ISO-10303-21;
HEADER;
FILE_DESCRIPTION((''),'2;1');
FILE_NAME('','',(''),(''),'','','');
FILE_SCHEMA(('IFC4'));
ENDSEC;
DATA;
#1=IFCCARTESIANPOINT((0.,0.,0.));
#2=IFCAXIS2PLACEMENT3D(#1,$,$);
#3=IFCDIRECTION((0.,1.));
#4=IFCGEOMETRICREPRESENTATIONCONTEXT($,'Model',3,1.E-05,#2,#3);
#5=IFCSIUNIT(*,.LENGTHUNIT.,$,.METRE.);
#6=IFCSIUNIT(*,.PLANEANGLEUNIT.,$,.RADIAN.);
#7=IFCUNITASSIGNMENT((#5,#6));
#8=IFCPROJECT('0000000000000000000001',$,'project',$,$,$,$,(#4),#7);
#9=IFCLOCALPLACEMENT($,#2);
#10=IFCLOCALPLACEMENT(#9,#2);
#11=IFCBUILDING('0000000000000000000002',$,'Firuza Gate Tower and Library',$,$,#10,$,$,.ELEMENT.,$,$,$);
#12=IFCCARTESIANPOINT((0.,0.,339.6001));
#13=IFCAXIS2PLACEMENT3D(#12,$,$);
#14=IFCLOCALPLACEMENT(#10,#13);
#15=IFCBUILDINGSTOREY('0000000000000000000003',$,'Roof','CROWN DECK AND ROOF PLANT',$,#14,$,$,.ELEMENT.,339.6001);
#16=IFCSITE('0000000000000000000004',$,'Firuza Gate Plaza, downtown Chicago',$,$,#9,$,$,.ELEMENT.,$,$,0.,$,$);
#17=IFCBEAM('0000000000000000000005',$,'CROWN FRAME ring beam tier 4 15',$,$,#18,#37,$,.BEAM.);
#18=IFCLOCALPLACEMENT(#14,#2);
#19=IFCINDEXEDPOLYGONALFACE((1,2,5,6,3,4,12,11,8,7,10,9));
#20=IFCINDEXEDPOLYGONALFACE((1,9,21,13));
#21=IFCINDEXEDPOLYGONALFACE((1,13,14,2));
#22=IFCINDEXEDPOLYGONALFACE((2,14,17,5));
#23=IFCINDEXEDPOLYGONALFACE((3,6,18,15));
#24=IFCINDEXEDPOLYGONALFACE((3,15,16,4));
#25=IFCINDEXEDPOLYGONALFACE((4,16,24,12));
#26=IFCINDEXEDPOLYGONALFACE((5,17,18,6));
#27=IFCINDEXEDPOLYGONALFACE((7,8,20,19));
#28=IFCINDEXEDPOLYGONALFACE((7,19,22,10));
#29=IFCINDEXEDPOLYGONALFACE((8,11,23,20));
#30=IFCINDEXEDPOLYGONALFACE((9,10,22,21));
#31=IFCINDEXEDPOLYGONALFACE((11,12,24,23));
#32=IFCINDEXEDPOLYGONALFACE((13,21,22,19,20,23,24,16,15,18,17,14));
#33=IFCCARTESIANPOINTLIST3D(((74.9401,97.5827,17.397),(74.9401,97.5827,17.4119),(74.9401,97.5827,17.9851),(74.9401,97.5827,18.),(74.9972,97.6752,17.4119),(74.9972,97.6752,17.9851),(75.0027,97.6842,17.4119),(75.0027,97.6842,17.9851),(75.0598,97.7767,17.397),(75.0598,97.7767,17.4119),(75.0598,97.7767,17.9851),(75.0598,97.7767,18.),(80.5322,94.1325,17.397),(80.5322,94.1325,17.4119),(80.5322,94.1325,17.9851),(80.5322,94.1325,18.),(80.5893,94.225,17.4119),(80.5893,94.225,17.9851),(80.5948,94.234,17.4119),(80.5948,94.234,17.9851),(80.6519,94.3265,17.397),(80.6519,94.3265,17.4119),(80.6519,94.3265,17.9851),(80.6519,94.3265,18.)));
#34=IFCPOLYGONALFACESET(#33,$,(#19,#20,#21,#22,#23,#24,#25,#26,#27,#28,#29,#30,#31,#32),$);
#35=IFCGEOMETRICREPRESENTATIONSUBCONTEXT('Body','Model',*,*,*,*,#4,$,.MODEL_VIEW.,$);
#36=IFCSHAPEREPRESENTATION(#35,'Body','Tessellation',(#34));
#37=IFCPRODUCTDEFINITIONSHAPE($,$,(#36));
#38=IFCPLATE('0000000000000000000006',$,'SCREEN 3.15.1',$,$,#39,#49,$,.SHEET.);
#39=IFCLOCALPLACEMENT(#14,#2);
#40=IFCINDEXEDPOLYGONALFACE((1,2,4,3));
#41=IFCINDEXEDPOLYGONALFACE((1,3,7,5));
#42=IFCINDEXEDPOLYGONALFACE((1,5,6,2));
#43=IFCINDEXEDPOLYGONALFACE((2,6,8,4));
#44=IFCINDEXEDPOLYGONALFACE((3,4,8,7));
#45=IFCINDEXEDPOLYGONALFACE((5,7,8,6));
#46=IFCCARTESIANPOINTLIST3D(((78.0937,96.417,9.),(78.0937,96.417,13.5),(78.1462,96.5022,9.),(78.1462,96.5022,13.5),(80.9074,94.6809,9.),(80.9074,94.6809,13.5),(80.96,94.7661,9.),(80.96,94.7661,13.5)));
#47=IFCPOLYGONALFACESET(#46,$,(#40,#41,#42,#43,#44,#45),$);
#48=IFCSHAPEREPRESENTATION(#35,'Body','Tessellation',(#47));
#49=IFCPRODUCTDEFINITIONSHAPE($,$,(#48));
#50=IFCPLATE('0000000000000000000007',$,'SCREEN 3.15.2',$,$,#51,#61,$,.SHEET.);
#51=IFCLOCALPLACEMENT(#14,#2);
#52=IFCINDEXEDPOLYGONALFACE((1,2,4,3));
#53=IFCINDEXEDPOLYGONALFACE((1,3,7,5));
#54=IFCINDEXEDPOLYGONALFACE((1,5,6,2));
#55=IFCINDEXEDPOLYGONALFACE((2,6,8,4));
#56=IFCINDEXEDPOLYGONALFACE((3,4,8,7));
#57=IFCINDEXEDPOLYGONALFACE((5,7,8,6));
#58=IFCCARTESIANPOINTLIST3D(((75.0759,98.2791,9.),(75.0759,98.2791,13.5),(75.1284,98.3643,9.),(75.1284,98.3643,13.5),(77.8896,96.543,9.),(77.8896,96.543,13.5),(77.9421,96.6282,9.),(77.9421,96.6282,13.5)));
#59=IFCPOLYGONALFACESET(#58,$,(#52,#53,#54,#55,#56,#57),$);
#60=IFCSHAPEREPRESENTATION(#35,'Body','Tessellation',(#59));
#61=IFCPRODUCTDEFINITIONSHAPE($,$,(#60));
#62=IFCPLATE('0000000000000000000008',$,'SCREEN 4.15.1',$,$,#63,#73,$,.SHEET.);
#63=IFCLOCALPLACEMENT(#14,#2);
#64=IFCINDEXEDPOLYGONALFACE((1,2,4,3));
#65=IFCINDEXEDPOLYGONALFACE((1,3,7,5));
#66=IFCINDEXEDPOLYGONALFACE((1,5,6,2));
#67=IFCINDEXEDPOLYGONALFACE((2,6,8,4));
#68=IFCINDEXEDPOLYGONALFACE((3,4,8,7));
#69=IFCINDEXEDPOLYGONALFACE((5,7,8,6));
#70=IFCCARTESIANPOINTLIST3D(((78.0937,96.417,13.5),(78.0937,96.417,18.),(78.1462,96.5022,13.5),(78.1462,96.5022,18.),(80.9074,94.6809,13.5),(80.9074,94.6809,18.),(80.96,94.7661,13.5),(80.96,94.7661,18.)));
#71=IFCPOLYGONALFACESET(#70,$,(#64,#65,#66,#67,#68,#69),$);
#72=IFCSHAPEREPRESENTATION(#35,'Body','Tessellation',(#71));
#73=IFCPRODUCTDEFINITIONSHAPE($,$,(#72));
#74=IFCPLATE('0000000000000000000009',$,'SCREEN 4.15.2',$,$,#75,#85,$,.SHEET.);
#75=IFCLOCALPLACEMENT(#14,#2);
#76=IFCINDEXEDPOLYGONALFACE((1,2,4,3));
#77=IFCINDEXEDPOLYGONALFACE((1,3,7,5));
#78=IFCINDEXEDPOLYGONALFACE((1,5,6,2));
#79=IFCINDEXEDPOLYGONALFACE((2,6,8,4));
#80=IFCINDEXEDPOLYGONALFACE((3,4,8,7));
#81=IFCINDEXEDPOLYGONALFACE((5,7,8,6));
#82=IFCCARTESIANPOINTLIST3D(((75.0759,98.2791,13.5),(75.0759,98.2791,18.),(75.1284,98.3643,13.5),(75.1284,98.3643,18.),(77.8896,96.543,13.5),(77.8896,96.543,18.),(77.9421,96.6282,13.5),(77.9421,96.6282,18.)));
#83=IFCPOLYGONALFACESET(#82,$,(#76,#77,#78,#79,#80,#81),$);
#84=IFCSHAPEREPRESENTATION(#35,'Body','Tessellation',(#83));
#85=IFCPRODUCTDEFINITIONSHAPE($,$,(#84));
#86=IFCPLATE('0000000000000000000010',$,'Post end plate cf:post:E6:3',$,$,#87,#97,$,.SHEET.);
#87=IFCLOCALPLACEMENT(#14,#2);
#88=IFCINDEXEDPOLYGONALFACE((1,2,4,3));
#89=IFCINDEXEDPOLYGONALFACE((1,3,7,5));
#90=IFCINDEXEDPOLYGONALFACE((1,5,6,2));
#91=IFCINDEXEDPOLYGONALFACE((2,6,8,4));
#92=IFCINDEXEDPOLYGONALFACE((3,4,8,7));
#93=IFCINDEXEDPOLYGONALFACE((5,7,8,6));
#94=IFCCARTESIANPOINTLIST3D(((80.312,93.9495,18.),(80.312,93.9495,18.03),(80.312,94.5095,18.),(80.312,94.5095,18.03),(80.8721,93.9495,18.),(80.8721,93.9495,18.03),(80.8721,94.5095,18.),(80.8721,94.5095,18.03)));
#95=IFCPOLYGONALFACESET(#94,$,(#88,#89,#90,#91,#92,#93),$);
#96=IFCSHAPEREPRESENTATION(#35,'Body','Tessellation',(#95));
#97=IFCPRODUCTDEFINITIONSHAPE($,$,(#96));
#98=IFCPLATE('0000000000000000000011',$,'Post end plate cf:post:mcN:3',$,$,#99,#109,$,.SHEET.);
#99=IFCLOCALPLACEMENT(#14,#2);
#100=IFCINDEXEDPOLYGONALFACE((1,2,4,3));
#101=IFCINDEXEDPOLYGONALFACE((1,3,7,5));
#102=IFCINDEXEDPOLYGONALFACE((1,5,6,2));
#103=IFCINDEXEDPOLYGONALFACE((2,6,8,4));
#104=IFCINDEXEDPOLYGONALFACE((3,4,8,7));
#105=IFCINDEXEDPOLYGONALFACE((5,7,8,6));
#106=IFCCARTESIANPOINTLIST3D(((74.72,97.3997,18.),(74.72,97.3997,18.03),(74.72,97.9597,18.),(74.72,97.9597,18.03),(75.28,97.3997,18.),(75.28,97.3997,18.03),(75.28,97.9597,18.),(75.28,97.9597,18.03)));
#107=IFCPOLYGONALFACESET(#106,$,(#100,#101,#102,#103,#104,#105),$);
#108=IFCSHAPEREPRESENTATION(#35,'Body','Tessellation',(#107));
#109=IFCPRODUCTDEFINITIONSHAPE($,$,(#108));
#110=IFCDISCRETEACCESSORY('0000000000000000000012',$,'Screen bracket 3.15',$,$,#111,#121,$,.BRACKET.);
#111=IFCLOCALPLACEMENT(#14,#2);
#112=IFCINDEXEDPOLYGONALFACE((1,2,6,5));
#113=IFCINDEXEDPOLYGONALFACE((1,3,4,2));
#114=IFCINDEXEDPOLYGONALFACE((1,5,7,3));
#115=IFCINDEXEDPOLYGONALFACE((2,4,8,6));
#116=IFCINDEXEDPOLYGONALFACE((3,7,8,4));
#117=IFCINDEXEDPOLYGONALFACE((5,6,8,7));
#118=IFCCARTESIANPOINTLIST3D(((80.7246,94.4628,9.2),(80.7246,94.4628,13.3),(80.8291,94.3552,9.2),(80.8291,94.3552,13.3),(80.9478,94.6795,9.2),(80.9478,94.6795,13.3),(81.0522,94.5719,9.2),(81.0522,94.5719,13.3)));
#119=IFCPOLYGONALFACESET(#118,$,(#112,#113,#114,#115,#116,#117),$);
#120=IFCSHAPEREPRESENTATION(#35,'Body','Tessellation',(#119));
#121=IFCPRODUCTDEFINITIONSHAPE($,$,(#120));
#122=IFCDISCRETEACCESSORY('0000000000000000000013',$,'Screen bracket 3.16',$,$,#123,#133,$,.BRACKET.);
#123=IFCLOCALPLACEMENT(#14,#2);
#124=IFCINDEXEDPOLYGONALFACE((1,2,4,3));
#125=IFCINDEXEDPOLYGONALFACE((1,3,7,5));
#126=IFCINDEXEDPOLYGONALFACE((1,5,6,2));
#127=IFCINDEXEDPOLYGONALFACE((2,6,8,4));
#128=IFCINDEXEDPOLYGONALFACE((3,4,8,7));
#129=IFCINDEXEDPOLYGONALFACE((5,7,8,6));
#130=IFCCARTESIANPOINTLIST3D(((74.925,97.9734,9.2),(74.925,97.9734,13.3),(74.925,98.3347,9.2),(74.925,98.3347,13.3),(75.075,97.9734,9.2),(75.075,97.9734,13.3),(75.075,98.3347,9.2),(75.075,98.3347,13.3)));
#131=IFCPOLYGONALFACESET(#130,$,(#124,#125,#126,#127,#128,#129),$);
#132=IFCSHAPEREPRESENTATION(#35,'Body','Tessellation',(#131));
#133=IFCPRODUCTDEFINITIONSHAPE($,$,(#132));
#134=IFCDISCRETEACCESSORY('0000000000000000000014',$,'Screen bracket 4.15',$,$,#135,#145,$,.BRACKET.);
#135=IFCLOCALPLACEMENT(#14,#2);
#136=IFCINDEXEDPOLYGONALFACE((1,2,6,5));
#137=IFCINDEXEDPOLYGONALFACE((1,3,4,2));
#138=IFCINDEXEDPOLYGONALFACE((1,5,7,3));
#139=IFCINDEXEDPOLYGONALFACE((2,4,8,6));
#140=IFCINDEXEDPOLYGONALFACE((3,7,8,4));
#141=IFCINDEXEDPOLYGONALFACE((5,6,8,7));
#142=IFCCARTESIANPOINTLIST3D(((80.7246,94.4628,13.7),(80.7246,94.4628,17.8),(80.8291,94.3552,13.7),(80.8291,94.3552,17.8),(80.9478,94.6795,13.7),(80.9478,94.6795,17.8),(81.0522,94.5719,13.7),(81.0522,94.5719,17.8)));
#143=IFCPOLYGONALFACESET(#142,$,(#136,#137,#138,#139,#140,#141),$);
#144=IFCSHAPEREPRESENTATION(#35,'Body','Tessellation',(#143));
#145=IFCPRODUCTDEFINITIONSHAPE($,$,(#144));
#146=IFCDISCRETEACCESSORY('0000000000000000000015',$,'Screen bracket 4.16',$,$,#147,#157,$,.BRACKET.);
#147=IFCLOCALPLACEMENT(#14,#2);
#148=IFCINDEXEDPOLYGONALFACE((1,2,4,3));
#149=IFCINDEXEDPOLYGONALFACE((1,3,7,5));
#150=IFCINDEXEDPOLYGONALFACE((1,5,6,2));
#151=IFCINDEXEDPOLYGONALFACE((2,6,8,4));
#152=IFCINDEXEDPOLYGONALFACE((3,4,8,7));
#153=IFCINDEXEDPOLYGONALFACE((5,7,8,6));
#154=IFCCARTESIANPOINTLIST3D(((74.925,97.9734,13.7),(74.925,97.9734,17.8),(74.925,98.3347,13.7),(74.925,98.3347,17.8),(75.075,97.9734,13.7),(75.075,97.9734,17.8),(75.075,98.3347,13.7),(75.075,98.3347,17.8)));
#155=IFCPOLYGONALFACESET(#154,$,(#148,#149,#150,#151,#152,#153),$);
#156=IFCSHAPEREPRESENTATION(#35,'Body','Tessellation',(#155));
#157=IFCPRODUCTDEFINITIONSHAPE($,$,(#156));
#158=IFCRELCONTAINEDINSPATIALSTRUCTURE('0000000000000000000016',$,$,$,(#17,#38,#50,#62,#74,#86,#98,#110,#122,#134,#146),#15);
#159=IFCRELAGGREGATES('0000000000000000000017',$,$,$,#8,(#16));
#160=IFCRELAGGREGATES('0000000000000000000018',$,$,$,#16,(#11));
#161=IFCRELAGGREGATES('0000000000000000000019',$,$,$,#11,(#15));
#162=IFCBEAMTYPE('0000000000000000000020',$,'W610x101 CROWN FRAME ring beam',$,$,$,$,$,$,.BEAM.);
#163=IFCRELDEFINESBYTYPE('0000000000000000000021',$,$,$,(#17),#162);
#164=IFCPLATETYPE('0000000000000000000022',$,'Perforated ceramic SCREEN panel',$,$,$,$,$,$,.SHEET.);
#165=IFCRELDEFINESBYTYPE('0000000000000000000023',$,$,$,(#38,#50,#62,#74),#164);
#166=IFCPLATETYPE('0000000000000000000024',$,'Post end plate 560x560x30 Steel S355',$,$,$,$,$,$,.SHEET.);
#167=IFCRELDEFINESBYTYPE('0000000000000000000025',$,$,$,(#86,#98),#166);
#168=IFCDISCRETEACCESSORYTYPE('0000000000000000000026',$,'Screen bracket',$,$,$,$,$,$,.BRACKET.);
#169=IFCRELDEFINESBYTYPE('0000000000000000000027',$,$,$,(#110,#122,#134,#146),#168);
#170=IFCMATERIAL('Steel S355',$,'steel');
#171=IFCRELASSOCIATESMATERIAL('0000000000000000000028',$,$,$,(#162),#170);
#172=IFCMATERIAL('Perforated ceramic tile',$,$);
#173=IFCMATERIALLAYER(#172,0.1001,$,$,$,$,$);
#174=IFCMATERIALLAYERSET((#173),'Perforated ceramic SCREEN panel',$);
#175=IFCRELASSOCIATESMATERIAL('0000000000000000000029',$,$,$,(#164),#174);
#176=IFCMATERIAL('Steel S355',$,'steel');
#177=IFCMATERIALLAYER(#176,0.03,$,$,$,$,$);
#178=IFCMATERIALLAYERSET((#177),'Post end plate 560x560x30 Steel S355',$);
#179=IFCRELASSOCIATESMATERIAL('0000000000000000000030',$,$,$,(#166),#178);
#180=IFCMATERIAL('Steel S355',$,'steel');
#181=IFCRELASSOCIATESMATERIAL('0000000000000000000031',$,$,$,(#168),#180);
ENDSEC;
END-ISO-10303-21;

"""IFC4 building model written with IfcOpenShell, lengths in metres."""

from ifc_helpers import new_model, si_unit, direction, frame, origin, origin_2d, place, context, subcontext, project, spatial, polyline, rectangle, i_section, outline, extrude, material, layer, layer_set, material_profile, profile_set, type_object, element, save


model = new_model("IFC4")

# Units and contexts
model_context = context("Model", 3, precision=1e-05, world=origin(), true_north=direction((0.0, 1.0)))
body_context = subcontext(model_context, "Body", "Model", "MODEL_VIEW")
ifc_project = project(units=[si_unit("LENGTHUNIT", "METRE"), si_unit("PLANEANGLEUNIT", "RADIAN")], contexts=[model_context])

# Site, building, storey
site_placement = place(None, origin())
site = spatial("IfcSite", under=ifc_project, at=site_placement, Name="Firuza Gate Plaza, downtown Chicago", CompositionType="ELEMENT", RefElevation=0.0)
building_placement = place(site_placement, origin())
building = spatial("IfcBuilding", under=site, at=building_placement, Name="Firuza Gate Tower and Library", CompositionType="ELEMENT")
storey_placement = place(building_placement, frame((0.0, 0.0, 339.6001)))
storey = spatial("IfcBuildingStorey", under=building, at=storey_placement, Name="Roof", Description="CROWN DECK AND ROOF PLANT", CompositionType="ELEMENT", Elevation=339.6001)

# Beam
ifc_material_1 = material(Name="Steel S355", Category="steel")
ifc_material_profile_1 = material_profile(ifc_material_1, i_section(OverallWidth=0.228, OverallDepth=0.603, WebThickness=0.0105, FlangeThickness=0.0149, at=origin_2d()))
ifc_profile_set_1 = profile_set([ifc_material_profile_1], Name="Steel S355")
beam_type = type_object("IfcBeamType", Name="W610x101 CROWN FRAME ring beam", PredefinedType="BEAM", material=ifc_profile_set_1)
beam_placement = place(storey_placement, frame((80.592, 94.2295, 17.6985), z_axis=(-0.85105, 0.525084, 0.0), x_axis=(-0.525084, -0.85105, 0.0)))
element("IfcBeam", 1, at=beam_placement, inside=storey, type_object=beam_type, Name="CROWN FRAME ring beam tier 4 15", PredefinedType="BEAM", context=body_context, shape_type="SweptSolid", body=[
    extrude(i_section(OverallWidth=0.228, OverallDepth=0.603, WebThickness=0.0105, FlangeThickness=0.0149, at=origin_2d()), origin(), (0.0, 0.0, 1.0), 6.5708),
])

# Plates
ifc_material_2 = material(Name="Perforated ceramic tile")
ifc_layer_1 = layer(ifc_material_2, 0.1001)
ifc_layer_set_1 = layer_set([ifc_layer_1], Name="Perforated ceramic SCREEN panel")
plate_type_1 = type_object("IfcPlateType", Name="Perforated ceramic SCREEN panel", PredefinedType="SHEET", material=ifc_layer_set_1)
for number, where, z_axis, x_axis, name in (
    (2, (80.96, 94.7661, 9.0), (0.525098, 0.851042, 0.0), (-0.851042, 0.525098, 0.0), "SCREEN 3.15.1"),
    (3, (77.9421, 96.6282, 9.0), (0.525098, 0.851042, 0.0), (-0.851042, 0.525098, 0.0), "SCREEN 3.15.2"),
    (4, (80.96, 94.7661, 13.5), (0.525098, 0.851042, 0.0), (-0.851042, 0.525098, 0.0), "SCREEN 4.15.1"),
    (5, (77.9421, 96.6282, 13.5), (0.525098, 0.851042, 0.0), (-0.851042, 0.525098, 0.0), "SCREEN 4.15.2"),
):
    element("IfcPlate", number, at=place(storey_placement, frame(where, z_axis=z_axis, x_axis=x_axis)), inside=storey, type_object=plate_type_1, Name=name, PredefinedType="SHEET", context=body_context, shape_type="SweptSolid", body=[
        extrude(outline(polyline([(0.0, 0.0), (3.3062, 0.0), (3.3062, 4.5), (0.0, 4.5), (0.0, 0.0)])), origin(), (0.0, 0.0, -1.0), 0.1001),
    ])
ifc_material_3 = material(Name="Steel S355", Category="steel")
ifc_layer_2 = layer(ifc_material_3, 0.03)
ifc_layer_set_2 = layer_set([ifc_layer_2], Name="Post end plate 560x560x30 Steel S355")
plate_type_2 = type_object("IfcPlateType", Name="Post end plate 560x560x30 Steel S355", PredefinedType="SHEET", material=ifc_layer_set_2)
for number, where, z_axis, x_axis, name in (
    (6, (80.592, 94.2295, 18.0), (0.0, 0.0, 1.0), (1.0, 0.0, 0.0), "Post end plate cf:post:E6:3"),
    (7, (75.0, 97.6797, 18.0), (0.0, 0.0, 1.0), (1.0, 0.0, 0.0), "Post end plate cf:post:mcN:3"),
):
    element("IfcPlate", number, at=place(storey_placement, frame(where, z_axis=z_axis, x_axis=x_axis)), inside=storey, type_object=plate_type_2, Name=name, PredefinedType="SHEET", context=body_context, shape_type="SweptSolid", body=[
        extrude(rectangle(XDim=0.5601, YDim=0.5601, at=origin_2d()), origin(), (0.0, 0.0, 1.0), 0.03),
    ])

# Discrete accessories
ifc_material_4 = material(Name="Steel S355", Category="steel")
discrete_accessory_type = type_object("IfcDiscreteAccessoryType", Name="Screen bracket", PredefinedType="BRACKET", material=ifc_material_4)
discrete_accessory_1_placement = place(storey_placement, frame((80.8884, 94.5173, 9.2), z_axis=(0.0, 0.0, 1.0), x_axis=(0.717364, 0.696699, 0.0)))
element("IfcDiscreteAccessory", 8, at=discrete_accessory_1_placement, inside=storey, type_object=discrete_accessory_type, Name="Screen bracket 3.15", PredefinedType="BRACKET", context=body_context, shape_type="SweptSolid", body=[
    extrude(rectangle(XDim=0.311, YDim=0.1499, at=origin_2d()), origin(), (0.0, 0.0, 1.0), 4.1001),
])
discrete_accessory_2_placement = place(storey_placement, frame((75.0, 98.1541, 9.2), z_axis=(0.0, 0.0, 1.0), x_axis=(0.0, 1.0, 0.0)))
element("IfcDiscreteAccessory", 9, at=discrete_accessory_2_placement, inside=storey, type_object=discrete_accessory_type, Name="Screen bracket 3.16", PredefinedType="BRACKET", context=body_context, shape_type="SweptSolid", body=[
    extrude(rectangle(XDim=0.3613, YDim=0.1499, at=origin_2d()), origin(), (0.0, 0.0, 1.0), 4.1001),
])
discrete_accessory_3_placement = place(storey_placement, frame((80.8884, 94.5173, 13.7), z_axis=(0.0, 0.0, 1.0), x_axis=(0.717364, 0.696699, 0.0)))
element("IfcDiscreteAccessory", 10, at=discrete_accessory_3_placement, inside=storey, type_object=discrete_accessory_type, Name="Screen bracket 4.15", PredefinedType="BRACKET", context=body_context, shape_type="SweptSolid", body=[
    extrude(rectangle(XDim=0.311, YDim=0.1499, at=origin_2d()), origin(), (0.0, 0.0, 1.0), 4.1001),
])
discrete_accessory_4_placement = place(storey_placement, frame((75.0, 98.1541, 13.7), z_axis=(0.0, 0.0, 1.0), x_axis=(0.0, 1.0, 0.0)))
element("IfcDiscreteAccessory", 11, at=discrete_accessory_4_placement, inside=storey, type_object=discrete_accessory_type, Name="Screen bracket 4.16", PredefinedType="BRACKET", context=body_context, shape_type="SweptSolid", body=[
    extrude(rectangle(XDim=0.3613, YDim=0.1499, at=origin_2d()), origin(), (0.0, 0.0, 1.0), 4.1001),
])

save(model, "model.ifc")
